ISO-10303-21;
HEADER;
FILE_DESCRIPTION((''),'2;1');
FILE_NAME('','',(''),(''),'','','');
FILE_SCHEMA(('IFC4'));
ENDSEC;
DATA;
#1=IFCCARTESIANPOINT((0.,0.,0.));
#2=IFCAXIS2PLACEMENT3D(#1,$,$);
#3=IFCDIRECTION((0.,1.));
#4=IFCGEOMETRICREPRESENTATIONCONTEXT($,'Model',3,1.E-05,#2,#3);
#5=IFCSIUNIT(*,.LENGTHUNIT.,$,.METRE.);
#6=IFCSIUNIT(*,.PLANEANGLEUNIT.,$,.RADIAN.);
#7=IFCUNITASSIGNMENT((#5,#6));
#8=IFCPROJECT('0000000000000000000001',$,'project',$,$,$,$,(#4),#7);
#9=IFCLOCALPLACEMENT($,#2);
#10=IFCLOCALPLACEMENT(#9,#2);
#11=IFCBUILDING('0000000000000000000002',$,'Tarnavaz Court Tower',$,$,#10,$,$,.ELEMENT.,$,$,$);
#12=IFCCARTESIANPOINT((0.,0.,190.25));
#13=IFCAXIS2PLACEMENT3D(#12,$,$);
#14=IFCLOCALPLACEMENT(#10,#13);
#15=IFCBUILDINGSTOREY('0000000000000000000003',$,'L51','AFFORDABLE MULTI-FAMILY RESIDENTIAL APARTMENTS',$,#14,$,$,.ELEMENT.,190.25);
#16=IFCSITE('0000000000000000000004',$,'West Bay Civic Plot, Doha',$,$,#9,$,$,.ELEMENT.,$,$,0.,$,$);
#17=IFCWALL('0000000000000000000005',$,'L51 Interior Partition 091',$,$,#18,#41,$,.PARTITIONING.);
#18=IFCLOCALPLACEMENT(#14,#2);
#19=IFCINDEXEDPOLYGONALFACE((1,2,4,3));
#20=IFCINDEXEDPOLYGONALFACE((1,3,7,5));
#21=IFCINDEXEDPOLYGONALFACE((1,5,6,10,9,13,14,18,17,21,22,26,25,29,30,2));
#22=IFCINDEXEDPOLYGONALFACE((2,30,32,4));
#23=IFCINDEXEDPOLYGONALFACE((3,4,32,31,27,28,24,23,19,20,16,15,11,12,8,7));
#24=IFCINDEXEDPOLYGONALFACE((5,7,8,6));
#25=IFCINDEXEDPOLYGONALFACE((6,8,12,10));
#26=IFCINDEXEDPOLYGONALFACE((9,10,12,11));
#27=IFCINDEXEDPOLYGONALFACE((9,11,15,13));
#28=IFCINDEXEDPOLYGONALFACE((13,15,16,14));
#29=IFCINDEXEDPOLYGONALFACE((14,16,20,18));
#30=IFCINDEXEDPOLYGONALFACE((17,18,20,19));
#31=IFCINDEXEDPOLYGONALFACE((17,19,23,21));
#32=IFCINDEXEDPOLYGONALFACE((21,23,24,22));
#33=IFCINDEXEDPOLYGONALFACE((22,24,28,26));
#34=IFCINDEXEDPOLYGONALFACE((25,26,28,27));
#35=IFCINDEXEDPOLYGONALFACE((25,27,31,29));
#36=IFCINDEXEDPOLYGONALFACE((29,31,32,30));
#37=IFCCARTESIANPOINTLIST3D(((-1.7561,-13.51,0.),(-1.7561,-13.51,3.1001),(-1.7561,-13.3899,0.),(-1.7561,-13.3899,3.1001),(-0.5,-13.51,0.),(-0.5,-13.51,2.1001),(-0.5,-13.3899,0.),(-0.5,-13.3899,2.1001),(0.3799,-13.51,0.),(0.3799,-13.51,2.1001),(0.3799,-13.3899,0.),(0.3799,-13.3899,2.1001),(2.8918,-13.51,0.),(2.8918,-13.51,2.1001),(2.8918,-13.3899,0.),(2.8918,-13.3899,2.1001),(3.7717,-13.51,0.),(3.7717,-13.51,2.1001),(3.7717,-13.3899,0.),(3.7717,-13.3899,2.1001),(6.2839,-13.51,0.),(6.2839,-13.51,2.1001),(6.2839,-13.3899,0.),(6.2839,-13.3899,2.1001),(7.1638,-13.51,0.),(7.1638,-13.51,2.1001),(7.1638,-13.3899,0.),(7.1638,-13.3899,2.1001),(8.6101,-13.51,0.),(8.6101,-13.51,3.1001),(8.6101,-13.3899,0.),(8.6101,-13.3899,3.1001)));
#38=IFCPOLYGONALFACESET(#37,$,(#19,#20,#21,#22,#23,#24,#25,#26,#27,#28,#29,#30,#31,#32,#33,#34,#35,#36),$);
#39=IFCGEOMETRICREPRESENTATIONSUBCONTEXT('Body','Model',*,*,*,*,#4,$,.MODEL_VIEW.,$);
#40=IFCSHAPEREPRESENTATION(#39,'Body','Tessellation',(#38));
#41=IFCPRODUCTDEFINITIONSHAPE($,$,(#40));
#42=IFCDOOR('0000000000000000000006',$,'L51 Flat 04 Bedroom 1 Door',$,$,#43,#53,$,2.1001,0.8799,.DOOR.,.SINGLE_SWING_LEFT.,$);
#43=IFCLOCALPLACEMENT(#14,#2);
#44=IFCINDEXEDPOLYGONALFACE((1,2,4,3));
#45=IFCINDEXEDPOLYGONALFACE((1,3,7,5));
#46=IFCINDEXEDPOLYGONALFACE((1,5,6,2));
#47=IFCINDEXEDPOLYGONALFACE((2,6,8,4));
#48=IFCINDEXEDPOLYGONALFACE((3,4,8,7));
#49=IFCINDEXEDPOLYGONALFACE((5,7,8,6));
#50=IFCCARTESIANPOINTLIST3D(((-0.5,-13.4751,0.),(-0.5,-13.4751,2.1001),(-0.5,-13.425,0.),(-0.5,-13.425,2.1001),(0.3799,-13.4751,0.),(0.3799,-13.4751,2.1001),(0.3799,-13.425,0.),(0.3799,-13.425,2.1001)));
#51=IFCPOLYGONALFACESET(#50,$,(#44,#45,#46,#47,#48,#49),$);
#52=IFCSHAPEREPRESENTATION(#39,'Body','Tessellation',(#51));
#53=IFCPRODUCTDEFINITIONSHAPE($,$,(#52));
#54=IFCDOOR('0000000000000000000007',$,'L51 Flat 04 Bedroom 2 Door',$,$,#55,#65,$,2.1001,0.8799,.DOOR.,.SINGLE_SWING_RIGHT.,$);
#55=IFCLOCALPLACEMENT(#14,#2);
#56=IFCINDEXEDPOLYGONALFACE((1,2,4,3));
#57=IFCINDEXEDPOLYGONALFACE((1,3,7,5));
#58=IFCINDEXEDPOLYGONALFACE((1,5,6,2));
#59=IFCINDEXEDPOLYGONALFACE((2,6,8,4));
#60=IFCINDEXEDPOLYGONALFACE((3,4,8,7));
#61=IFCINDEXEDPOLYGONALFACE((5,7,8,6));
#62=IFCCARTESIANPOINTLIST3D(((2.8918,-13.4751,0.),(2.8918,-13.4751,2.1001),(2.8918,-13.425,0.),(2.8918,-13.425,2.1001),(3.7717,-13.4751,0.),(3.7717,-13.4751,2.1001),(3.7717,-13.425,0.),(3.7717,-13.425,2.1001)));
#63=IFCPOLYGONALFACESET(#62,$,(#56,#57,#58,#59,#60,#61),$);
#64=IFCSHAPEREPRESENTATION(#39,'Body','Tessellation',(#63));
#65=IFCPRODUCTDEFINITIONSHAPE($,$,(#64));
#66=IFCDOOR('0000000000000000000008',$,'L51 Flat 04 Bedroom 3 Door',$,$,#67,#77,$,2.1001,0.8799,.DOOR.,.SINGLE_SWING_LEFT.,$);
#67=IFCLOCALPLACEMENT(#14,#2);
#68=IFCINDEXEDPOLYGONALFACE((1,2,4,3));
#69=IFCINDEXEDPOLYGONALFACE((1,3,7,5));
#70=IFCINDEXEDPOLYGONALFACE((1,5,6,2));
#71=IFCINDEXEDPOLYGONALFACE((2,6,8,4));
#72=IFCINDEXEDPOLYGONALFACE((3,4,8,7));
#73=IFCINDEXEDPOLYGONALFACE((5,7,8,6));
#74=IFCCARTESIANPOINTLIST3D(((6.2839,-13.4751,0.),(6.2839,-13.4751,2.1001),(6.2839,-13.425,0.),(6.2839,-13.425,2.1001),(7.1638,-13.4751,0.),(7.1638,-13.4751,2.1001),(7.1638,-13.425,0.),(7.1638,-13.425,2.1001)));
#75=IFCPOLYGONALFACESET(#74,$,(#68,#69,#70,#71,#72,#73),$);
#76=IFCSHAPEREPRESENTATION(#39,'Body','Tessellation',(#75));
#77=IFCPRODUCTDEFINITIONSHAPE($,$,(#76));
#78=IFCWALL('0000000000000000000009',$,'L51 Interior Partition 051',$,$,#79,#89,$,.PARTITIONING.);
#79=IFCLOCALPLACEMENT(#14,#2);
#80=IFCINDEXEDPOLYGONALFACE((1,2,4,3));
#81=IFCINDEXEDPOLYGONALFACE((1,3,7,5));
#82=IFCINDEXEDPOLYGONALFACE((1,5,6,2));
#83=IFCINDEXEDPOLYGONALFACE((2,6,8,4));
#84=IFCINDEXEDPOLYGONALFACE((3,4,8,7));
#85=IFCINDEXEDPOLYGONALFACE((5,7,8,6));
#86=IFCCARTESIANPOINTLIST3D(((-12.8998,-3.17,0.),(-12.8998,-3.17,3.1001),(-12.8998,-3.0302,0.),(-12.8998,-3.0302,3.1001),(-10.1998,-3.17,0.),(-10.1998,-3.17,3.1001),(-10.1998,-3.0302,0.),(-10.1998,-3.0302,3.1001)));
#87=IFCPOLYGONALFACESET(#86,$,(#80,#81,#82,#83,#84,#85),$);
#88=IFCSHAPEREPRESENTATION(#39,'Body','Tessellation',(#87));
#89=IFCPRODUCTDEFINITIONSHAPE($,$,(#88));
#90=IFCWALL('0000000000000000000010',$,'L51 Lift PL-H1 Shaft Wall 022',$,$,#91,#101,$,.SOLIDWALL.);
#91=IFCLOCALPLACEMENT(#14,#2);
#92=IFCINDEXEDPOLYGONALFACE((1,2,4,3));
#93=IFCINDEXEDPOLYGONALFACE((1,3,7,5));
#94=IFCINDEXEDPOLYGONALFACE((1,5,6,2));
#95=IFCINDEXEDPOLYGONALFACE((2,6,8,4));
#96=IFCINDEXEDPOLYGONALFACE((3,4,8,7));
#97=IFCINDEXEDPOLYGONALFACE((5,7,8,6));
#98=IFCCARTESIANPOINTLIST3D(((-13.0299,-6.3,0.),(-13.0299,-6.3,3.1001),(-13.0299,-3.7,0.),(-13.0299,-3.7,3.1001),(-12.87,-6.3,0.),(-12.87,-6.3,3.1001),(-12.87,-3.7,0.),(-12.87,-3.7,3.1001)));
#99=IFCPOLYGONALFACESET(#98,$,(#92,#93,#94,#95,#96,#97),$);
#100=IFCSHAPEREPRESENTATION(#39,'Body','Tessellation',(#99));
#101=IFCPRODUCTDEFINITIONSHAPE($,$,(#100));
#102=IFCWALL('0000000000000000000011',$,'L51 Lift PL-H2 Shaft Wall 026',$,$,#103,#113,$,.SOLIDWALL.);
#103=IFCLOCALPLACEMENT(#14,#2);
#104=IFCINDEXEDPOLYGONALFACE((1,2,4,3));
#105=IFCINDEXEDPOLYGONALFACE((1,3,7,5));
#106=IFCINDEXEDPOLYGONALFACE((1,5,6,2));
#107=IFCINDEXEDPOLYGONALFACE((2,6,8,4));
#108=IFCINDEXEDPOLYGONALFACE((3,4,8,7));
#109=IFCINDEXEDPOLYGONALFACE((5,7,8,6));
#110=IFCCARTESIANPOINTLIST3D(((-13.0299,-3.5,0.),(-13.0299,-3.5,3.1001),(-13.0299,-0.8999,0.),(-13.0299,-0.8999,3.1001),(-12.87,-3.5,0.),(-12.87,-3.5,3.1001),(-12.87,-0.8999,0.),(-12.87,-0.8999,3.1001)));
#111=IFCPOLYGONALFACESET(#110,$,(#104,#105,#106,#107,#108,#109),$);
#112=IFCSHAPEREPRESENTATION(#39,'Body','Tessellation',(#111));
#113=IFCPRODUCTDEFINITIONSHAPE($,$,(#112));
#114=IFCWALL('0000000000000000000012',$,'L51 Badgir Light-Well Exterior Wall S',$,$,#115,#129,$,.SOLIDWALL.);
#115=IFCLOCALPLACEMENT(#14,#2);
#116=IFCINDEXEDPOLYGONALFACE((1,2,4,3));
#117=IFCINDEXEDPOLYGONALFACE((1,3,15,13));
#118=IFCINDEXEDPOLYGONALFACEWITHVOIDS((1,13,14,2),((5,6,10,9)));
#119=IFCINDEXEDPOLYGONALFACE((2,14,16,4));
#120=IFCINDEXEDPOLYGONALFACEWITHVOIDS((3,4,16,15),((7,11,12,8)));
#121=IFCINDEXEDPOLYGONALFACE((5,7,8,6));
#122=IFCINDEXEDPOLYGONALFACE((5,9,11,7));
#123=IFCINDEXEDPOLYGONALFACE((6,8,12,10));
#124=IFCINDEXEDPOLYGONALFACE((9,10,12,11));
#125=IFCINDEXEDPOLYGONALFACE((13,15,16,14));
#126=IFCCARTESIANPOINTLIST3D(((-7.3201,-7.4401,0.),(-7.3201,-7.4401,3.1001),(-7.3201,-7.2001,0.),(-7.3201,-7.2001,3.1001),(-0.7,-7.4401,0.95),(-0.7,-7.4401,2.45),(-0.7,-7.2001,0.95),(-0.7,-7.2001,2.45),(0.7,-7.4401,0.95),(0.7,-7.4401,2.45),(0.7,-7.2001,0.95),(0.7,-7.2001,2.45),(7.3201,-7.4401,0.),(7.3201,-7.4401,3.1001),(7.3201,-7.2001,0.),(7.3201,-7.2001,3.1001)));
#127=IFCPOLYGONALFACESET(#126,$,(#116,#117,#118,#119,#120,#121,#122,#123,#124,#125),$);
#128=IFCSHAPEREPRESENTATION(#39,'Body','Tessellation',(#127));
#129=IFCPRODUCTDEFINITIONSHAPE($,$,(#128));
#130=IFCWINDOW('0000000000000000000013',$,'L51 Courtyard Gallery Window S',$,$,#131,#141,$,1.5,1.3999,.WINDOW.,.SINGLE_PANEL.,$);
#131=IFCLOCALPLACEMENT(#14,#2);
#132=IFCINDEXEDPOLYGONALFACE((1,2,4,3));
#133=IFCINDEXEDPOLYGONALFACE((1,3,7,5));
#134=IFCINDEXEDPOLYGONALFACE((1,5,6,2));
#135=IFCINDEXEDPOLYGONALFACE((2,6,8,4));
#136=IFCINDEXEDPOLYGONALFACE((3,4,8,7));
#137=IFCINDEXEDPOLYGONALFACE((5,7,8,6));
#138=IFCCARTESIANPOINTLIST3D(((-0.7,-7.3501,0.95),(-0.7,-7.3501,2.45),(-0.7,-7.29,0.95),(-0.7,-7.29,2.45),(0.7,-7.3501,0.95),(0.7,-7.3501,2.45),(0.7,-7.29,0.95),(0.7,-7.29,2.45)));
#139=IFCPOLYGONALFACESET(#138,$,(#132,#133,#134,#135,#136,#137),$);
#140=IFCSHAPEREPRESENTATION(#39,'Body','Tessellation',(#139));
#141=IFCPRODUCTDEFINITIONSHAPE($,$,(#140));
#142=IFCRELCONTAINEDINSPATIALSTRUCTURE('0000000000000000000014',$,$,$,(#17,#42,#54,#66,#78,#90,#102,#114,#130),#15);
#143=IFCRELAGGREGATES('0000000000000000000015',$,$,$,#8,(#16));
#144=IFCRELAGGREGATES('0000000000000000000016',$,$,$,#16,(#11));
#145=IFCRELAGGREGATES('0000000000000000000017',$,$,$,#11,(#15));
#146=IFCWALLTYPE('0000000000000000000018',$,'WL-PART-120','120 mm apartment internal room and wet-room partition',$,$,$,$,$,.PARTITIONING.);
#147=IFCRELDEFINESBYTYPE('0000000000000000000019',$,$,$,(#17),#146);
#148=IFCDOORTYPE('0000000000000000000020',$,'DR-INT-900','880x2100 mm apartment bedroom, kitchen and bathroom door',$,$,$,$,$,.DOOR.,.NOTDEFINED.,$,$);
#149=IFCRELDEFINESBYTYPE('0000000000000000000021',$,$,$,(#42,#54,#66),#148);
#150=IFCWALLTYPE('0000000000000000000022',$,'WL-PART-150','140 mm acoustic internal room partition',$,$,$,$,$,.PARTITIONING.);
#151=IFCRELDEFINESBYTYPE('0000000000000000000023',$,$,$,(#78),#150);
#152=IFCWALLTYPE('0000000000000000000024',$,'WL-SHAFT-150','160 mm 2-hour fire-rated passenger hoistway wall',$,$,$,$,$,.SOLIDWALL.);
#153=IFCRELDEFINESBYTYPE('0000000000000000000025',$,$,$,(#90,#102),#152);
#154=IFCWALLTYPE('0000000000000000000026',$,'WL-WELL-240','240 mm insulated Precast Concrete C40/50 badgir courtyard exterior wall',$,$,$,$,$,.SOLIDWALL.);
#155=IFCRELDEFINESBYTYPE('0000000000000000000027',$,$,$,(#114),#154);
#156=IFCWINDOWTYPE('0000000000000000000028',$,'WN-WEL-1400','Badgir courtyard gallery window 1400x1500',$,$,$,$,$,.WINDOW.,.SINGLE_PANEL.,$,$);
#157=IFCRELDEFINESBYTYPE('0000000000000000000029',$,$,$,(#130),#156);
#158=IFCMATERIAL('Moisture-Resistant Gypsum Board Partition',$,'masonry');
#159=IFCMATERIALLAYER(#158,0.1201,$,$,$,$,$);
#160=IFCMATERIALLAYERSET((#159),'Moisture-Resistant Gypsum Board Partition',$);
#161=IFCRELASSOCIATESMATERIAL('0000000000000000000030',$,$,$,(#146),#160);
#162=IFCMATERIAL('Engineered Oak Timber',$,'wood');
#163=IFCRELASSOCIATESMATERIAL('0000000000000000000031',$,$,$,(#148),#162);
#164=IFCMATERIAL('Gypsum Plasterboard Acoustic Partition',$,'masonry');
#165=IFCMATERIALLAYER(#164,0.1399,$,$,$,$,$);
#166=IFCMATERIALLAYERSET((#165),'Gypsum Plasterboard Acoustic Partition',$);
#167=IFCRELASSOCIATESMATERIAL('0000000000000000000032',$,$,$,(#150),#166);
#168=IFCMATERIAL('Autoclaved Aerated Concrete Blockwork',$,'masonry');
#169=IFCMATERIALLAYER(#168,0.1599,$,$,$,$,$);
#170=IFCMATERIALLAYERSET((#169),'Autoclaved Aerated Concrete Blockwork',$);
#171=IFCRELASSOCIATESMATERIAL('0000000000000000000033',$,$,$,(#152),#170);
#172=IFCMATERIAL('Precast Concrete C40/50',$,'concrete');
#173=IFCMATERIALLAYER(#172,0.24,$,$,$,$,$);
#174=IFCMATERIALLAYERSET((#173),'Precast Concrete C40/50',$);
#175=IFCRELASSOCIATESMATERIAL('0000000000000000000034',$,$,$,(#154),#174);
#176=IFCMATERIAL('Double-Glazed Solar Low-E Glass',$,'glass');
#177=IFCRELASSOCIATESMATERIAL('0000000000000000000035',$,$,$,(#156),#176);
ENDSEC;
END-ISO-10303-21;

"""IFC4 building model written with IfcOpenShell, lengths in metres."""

from ifc_helpers import new_model, si_unit, direction, frame, frame_2d, origin, place, context, subcontext, project, spatial, rectangle, extrude, material, layer, layer_set, type_object, element, fill, save


model = new_model("IFC4")

# Units and contexts
model_context = context("Model", 3, precision=1e-05, world=origin(), true_north=direction((0.0, 1.0)))
body_context = subcontext(model_context, "Body", "Model", "MODEL_VIEW")
ifc_project = project(units=[si_unit("LENGTHUNIT", "METRE"), si_unit("PLANEANGLEUNIT", "RADIAN")], contexts=[model_context])

# Site, building, storey
site_placement = place(None, origin())
site = spatial("IfcSite", under=ifc_project, at=site_placement, Name="West Bay Civic Plot, Doha", CompositionType="ELEMENT", RefElevation=0.0)
building_placement = place(site_placement, origin())
building = spatial("IfcBuilding", under=site, at=building_placement, Name="Tarnavaz Court Tower", CompositionType="ELEMENT")
storey_placement = place(building_placement, frame((0.0, 0.0, 190.25)))
storey = spatial("IfcBuildingStorey", under=building, at=storey_placement, Name="L51", Description="AFFORDABLE MULTI-FAMILY RESIDENTIAL APARTMENTS", CompositionType="ELEMENT", Elevation=190.25)

# Shared definitions
ifc_material_1 = material(Name="Moisture-Resistant Gypsum Board Partition", Category="masonry")
ifc_layer_1 = layer(ifc_material_1, 0.1201)
ifc_layer_set_1 = layer_set([ifc_layer_1], Name="Moisture-Resistant Gypsum Board Partition")
wall_type_1 = type_object("IfcWallType", Name="WL-PART-120", Description="120 mm apartment internal room and wet-room partition", PredefinedType="PARTITIONING", material=ifc_layer_set_1)
ifc_material_2 = material(Name="Engineered Oak Timber", Category="wood")
door_type_1 = type_object("IfcDoorType", Name="DR-INT-900", Description="880x2100 mm apartment bedroom, kitchen and bathroom door", OperationType="NOTDEFINED", PredefinedType="DOOR", material=ifc_material_2)

# Wall, openings, doors
wall_1_placement = place(storey_placement, frame((-1.7561, -13.45, 0.0), z_axis=(0.0, 0.0, 1.0), x_axis=(1.0, 0.0, 0.0)))
wall_1 = element("IfcWall", 1, at=wall_1_placement, inside=storey, type_object=wall_type_1, Name="L51 Interior Partition 091", PredefinedType="PARTITIONING", context=body_context, shape_type="SweptSolid", body=[
    extrude(rectangle(XDim=10.3662, YDim=0.1201, at=frame_2d((5.1831, 0.0))), origin(), (0.0, 0.0, 1.0), 3.1001),
])
opening_1_placement = place(wall_1_placement, frame((1.2561, 0.0, 0.0)))
opening_1 = element("IfcOpeningElement", 2, at=opening_1_placement, cuts=wall_1, PredefinedType="OPENING", context=body_context, shape_type="SweptSolid", body=[
    extrude(rectangle(XDim=0.8799, YDim=2.1001, at=frame_2d((0.4399, 1.05))), frame((0.0, 0.0701, 0.0), z_axis=(0.0, -1.0, 0.0), x_axis=(1.0, 0.0, 0.0)), (0.0, 0.0, 1.0), 0.1401),
])
opening_2_placement = place(wall_1_placement, frame((4.6479, 0.0, 0.0)))
opening_2 = element("IfcOpeningElement", 3, at=opening_2_placement, cuts=wall_1, PredefinedType="OPENING", context=body_context, shape_type="SweptSolid", body=[
    extrude(rectangle(XDim=0.8799, YDim=2.1001, at=frame_2d((0.4399, 1.05))), frame((0.0, 0.0701, 0.0), z_axis=(0.0, -1.0, 0.0), x_axis=(1.0, 0.0, 0.0)), (0.0, 0.0, 1.0), 0.1401),
])
opening_3_placement = place(wall_1_placement, frame((8.04, 0.0, 0.0)))
opening_3 = element("IfcOpeningElement", 4, at=opening_3_placement, cuts=wall_1, PredefinedType="OPENING", context=body_context, shape_type="SweptSolid", body=[
    extrude(rectangle(XDim=0.8799, YDim=2.1001, at=frame_2d((0.4399, 1.05))), frame((0.0, 0.0701, 0.0), z_axis=(0.0, -1.0, 0.0), x_axis=(1.0, 0.0, 0.0)), (0.0, 0.0, 1.0), 0.1401),
])
door_1_placement = place(opening_1_placement, origin())
door_1 = element("IfcDoor", 5, at=door_1_placement, inside=storey, type_object=door_type_1, Name="L51 Flat 04 Bedroom 1 Door", OperationType="SINGLE_SWING_LEFT", OverallHeight=2.1001, OverallWidth=0.8799, PredefinedType="DOOR", context=body_context, shape_type="SweptSolid", body=[
    extrude(rectangle(XDim=0.8799, YDim=2.1001, at=frame_2d((0.4399, 1.05))), frame((0.0, 0.0249, 0.0), z_axis=(0.0, -1.0, 0.0), x_axis=(1.0, 0.0, 0.0)), (0.0, 0.0, 1.0), 0.05),
])
fill(opening_1, door_1)
door_2_placement = place(opening_2_placement, origin())
door_2 = element("IfcDoor", 6, at=door_2_placement, inside=storey, type_object=door_type_1, Name="L51 Flat 04 Bedroom 2 Door", OperationType="SINGLE_SWING_RIGHT", OverallHeight=2.1001, OverallWidth=0.8799, PredefinedType="DOOR", context=body_context, shape_type="SweptSolid", body=[
    extrude(rectangle(XDim=0.8799, YDim=2.1001, at=frame_2d((0.4399, 1.05))), frame((0.0, 0.0249, 0.0), z_axis=(0.0, -1.0, 0.0), x_axis=(1.0, 0.0, 0.0)), (0.0, 0.0, 1.0), 0.05),
])
fill(opening_2, door_2)
door_3_placement = place(opening_3_placement, origin())
door_3 = element("IfcDoor", 7, at=door_3_placement, inside=storey, type_object=door_type_1, Name="L51 Flat 04 Bedroom 3 Door", OperationType="SINGLE_SWING_LEFT", OverallHeight=2.1001, OverallWidth=0.8799, PredefinedType="DOOR", context=body_context, shape_type="SweptSolid", body=[
    extrude(rectangle(XDim=0.8799, YDim=2.1001, at=frame_2d((0.4399, 1.05))), frame((0.0, 0.0249, 0.0), z_axis=(0.0, -1.0, 0.0), x_axis=(1.0, 0.0, 0.0)), (0.0, 0.0, 1.0), 0.05),
])
fill(opening_3, door_3)
ifc_material_3 = material(Name="Gypsum Plasterboard Acoustic Partition", Category="masonry")
ifc_layer_2 = layer(ifc_material_3, 0.1399)
ifc_layer_set_2 = layer_set([ifc_layer_2], Name="Gypsum Plasterboard Acoustic Partition")
wall_type_2 = type_object("IfcWallType", Name="WL-PART-150", Description="140 mm acoustic internal room partition", PredefinedType="PARTITIONING", material=ifc_layer_set_2)

# Walls
wall_2_placement = place(storey_placement, frame((-12.8999, -3.1001, 0.0), z_axis=(0.0, 0.0, 1.0), x_axis=(1.0, 0.0, 0.0)))
element("IfcWall", 8, at=wall_2_placement, inside=storey, type_object=wall_type_2, Name="L51 Interior Partition 051", PredefinedType="PARTITIONING", context=body_context, shape_type="SweptSolid", body=[
    extrude(rectangle(XDim=2.7, YDim=0.1399, at=frame_2d((1.3501, 0.0))), origin(), (0.0, 0.0, 1.0), 3.1001),
])
ifc_material_4 = material(Name="Autoclaved Aerated Concrete Blockwork", Category="masonry")
ifc_layer_3 = layer(ifc_material_4, 0.1599)
ifc_layer_set_3 = layer_set([ifc_layer_3], Name="Autoclaved Aerated Concrete Blockwork")
wall_type_3 = type_object("IfcWallType", Name="WL-SHAFT-150", Description="160 mm 2-hour fire-rated passenger hoistway wall", PredefinedType="SOLIDWALL", material=ifc_layer_set_3)
for number, where, z_axis, x_axis, name in (
    (9, (-12.95, -6.3, 0.0), (0.0, 0.0, 1.0), (0.0, 1.0, 0.0), "L51 Lift PL-H1 Shaft Wall 022"),
    (10, (-12.95, -3.5, 0.0), (0.0, 0.0, 1.0), (0.0, 1.0, 0.0), "L51 Lift PL-H2 Shaft Wall 026"),
):
    element("IfcWall", number, at=place(storey_placement, frame(where, z_axis=z_axis, x_axis=x_axis)), inside=storey, type_object=wall_type_3, Name=name, PredefinedType="SOLIDWALL", context=body_context, shape_type="SweptSolid", body=[
        extrude(rectangle(XDim=2.6001, YDim=0.1599, at=frame_2d((1.3, 0.0))), origin(), (0.0, 0.0, 1.0), 3.1001),
    ])

# Wall, opening, window
ifc_material_5 = material(Name="Precast Concrete C40/50", Category="concrete")
ifc_layer_4 = layer(ifc_material_5, 0.24)
ifc_layer_set_4 = layer_set([ifc_layer_4], Name="Precast Concrete C40/50")
wall_type_4 = type_object("IfcWallType", Name="WL-WELL-240", Description="240 mm insulated Precast Concrete C40/50 badgir courtyard exterior wall", PredefinedType="SOLIDWALL", material=ifc_layer_set_4)
wall_3_placement = place(storey_placement, frame((-7.3201, -7.3201, 0.0), z_axis=(0.0, 0.0, 1.0), x_axis=(1.0, 0.0, 0.0)))
wall_3 = element("IfcWall", 11, at=wall_3_placement, inside=storey, type_object=wall_type_4, Name="L51 Badgir Light-Well Exterior Wall S", PredefinedType="SOLIDWALL", context=body_context, shape_type="SweptSolid", body=[
    extrude(rectangle(XDim=14.6401, YDim=0.24, at=frame_2d((7.3201, 0.0))), origin(), (0.0, 0.0, 1.0), 3.1001),
])
opening_4_placement = place(wall_3_placement, frame((6.6201, 0.0, 0.95)))
opening_4 = element("IfcOpeningElement", 12, at=opening_4_placement, cuts=wall_3, PredefinedType="OPENING", context=body_context, shape_type="SweptSolid", body=[
    extrude(rectangle(XDim=1.3999, YDim=1.5, at=frame_2d((0.7, 0.75))), frame((0.0, 0.1299, 0.0), z_axis=(0.0, -1.0, 0.0), x_axis=(1.0, 0.0, 0.0)), (0.0, 0.0, 1.0), 0.26),
])
ifc_material_6 = material(Name="Double-Glazed Solar Low-E Glass", Category="glass")
window_type = type_object("IfcWindowType", Name="WN-WEL-1400", Description="Badgir courtyard gallery window 1400x1500", PartitioningType="SINGLE_PANEL", PredefinedType="WINDOW", material=ifc_material_6)
window_placement = place(opening_4_placement, origin())
window = element("IfcWindow", 13, at=window_placement, inside=storey, type_object=window_type, Name="L51 Courtyard Gallery Window S", OverallHeight=1.5, OverallWidth=1.3999, PartitioningType="SINGLE_PANEL", PredefinedType="WINDOW", context=body_context, shape_type="SweptSolid", body=[
    extrude(rectangle(XDim=1.3999, YDim=1.5, at=frame_2d((0.7, 0.75))), frame((0.0, 0.03, 0.0), z_axis=(0.0, -1.0, 0.0), x_axis=(1.0, 0.0, 0.0)), (0.0, 0.0, 1.0), 0.0601),
])
fill(opening_4, window)

save(model, "model.ifc")
